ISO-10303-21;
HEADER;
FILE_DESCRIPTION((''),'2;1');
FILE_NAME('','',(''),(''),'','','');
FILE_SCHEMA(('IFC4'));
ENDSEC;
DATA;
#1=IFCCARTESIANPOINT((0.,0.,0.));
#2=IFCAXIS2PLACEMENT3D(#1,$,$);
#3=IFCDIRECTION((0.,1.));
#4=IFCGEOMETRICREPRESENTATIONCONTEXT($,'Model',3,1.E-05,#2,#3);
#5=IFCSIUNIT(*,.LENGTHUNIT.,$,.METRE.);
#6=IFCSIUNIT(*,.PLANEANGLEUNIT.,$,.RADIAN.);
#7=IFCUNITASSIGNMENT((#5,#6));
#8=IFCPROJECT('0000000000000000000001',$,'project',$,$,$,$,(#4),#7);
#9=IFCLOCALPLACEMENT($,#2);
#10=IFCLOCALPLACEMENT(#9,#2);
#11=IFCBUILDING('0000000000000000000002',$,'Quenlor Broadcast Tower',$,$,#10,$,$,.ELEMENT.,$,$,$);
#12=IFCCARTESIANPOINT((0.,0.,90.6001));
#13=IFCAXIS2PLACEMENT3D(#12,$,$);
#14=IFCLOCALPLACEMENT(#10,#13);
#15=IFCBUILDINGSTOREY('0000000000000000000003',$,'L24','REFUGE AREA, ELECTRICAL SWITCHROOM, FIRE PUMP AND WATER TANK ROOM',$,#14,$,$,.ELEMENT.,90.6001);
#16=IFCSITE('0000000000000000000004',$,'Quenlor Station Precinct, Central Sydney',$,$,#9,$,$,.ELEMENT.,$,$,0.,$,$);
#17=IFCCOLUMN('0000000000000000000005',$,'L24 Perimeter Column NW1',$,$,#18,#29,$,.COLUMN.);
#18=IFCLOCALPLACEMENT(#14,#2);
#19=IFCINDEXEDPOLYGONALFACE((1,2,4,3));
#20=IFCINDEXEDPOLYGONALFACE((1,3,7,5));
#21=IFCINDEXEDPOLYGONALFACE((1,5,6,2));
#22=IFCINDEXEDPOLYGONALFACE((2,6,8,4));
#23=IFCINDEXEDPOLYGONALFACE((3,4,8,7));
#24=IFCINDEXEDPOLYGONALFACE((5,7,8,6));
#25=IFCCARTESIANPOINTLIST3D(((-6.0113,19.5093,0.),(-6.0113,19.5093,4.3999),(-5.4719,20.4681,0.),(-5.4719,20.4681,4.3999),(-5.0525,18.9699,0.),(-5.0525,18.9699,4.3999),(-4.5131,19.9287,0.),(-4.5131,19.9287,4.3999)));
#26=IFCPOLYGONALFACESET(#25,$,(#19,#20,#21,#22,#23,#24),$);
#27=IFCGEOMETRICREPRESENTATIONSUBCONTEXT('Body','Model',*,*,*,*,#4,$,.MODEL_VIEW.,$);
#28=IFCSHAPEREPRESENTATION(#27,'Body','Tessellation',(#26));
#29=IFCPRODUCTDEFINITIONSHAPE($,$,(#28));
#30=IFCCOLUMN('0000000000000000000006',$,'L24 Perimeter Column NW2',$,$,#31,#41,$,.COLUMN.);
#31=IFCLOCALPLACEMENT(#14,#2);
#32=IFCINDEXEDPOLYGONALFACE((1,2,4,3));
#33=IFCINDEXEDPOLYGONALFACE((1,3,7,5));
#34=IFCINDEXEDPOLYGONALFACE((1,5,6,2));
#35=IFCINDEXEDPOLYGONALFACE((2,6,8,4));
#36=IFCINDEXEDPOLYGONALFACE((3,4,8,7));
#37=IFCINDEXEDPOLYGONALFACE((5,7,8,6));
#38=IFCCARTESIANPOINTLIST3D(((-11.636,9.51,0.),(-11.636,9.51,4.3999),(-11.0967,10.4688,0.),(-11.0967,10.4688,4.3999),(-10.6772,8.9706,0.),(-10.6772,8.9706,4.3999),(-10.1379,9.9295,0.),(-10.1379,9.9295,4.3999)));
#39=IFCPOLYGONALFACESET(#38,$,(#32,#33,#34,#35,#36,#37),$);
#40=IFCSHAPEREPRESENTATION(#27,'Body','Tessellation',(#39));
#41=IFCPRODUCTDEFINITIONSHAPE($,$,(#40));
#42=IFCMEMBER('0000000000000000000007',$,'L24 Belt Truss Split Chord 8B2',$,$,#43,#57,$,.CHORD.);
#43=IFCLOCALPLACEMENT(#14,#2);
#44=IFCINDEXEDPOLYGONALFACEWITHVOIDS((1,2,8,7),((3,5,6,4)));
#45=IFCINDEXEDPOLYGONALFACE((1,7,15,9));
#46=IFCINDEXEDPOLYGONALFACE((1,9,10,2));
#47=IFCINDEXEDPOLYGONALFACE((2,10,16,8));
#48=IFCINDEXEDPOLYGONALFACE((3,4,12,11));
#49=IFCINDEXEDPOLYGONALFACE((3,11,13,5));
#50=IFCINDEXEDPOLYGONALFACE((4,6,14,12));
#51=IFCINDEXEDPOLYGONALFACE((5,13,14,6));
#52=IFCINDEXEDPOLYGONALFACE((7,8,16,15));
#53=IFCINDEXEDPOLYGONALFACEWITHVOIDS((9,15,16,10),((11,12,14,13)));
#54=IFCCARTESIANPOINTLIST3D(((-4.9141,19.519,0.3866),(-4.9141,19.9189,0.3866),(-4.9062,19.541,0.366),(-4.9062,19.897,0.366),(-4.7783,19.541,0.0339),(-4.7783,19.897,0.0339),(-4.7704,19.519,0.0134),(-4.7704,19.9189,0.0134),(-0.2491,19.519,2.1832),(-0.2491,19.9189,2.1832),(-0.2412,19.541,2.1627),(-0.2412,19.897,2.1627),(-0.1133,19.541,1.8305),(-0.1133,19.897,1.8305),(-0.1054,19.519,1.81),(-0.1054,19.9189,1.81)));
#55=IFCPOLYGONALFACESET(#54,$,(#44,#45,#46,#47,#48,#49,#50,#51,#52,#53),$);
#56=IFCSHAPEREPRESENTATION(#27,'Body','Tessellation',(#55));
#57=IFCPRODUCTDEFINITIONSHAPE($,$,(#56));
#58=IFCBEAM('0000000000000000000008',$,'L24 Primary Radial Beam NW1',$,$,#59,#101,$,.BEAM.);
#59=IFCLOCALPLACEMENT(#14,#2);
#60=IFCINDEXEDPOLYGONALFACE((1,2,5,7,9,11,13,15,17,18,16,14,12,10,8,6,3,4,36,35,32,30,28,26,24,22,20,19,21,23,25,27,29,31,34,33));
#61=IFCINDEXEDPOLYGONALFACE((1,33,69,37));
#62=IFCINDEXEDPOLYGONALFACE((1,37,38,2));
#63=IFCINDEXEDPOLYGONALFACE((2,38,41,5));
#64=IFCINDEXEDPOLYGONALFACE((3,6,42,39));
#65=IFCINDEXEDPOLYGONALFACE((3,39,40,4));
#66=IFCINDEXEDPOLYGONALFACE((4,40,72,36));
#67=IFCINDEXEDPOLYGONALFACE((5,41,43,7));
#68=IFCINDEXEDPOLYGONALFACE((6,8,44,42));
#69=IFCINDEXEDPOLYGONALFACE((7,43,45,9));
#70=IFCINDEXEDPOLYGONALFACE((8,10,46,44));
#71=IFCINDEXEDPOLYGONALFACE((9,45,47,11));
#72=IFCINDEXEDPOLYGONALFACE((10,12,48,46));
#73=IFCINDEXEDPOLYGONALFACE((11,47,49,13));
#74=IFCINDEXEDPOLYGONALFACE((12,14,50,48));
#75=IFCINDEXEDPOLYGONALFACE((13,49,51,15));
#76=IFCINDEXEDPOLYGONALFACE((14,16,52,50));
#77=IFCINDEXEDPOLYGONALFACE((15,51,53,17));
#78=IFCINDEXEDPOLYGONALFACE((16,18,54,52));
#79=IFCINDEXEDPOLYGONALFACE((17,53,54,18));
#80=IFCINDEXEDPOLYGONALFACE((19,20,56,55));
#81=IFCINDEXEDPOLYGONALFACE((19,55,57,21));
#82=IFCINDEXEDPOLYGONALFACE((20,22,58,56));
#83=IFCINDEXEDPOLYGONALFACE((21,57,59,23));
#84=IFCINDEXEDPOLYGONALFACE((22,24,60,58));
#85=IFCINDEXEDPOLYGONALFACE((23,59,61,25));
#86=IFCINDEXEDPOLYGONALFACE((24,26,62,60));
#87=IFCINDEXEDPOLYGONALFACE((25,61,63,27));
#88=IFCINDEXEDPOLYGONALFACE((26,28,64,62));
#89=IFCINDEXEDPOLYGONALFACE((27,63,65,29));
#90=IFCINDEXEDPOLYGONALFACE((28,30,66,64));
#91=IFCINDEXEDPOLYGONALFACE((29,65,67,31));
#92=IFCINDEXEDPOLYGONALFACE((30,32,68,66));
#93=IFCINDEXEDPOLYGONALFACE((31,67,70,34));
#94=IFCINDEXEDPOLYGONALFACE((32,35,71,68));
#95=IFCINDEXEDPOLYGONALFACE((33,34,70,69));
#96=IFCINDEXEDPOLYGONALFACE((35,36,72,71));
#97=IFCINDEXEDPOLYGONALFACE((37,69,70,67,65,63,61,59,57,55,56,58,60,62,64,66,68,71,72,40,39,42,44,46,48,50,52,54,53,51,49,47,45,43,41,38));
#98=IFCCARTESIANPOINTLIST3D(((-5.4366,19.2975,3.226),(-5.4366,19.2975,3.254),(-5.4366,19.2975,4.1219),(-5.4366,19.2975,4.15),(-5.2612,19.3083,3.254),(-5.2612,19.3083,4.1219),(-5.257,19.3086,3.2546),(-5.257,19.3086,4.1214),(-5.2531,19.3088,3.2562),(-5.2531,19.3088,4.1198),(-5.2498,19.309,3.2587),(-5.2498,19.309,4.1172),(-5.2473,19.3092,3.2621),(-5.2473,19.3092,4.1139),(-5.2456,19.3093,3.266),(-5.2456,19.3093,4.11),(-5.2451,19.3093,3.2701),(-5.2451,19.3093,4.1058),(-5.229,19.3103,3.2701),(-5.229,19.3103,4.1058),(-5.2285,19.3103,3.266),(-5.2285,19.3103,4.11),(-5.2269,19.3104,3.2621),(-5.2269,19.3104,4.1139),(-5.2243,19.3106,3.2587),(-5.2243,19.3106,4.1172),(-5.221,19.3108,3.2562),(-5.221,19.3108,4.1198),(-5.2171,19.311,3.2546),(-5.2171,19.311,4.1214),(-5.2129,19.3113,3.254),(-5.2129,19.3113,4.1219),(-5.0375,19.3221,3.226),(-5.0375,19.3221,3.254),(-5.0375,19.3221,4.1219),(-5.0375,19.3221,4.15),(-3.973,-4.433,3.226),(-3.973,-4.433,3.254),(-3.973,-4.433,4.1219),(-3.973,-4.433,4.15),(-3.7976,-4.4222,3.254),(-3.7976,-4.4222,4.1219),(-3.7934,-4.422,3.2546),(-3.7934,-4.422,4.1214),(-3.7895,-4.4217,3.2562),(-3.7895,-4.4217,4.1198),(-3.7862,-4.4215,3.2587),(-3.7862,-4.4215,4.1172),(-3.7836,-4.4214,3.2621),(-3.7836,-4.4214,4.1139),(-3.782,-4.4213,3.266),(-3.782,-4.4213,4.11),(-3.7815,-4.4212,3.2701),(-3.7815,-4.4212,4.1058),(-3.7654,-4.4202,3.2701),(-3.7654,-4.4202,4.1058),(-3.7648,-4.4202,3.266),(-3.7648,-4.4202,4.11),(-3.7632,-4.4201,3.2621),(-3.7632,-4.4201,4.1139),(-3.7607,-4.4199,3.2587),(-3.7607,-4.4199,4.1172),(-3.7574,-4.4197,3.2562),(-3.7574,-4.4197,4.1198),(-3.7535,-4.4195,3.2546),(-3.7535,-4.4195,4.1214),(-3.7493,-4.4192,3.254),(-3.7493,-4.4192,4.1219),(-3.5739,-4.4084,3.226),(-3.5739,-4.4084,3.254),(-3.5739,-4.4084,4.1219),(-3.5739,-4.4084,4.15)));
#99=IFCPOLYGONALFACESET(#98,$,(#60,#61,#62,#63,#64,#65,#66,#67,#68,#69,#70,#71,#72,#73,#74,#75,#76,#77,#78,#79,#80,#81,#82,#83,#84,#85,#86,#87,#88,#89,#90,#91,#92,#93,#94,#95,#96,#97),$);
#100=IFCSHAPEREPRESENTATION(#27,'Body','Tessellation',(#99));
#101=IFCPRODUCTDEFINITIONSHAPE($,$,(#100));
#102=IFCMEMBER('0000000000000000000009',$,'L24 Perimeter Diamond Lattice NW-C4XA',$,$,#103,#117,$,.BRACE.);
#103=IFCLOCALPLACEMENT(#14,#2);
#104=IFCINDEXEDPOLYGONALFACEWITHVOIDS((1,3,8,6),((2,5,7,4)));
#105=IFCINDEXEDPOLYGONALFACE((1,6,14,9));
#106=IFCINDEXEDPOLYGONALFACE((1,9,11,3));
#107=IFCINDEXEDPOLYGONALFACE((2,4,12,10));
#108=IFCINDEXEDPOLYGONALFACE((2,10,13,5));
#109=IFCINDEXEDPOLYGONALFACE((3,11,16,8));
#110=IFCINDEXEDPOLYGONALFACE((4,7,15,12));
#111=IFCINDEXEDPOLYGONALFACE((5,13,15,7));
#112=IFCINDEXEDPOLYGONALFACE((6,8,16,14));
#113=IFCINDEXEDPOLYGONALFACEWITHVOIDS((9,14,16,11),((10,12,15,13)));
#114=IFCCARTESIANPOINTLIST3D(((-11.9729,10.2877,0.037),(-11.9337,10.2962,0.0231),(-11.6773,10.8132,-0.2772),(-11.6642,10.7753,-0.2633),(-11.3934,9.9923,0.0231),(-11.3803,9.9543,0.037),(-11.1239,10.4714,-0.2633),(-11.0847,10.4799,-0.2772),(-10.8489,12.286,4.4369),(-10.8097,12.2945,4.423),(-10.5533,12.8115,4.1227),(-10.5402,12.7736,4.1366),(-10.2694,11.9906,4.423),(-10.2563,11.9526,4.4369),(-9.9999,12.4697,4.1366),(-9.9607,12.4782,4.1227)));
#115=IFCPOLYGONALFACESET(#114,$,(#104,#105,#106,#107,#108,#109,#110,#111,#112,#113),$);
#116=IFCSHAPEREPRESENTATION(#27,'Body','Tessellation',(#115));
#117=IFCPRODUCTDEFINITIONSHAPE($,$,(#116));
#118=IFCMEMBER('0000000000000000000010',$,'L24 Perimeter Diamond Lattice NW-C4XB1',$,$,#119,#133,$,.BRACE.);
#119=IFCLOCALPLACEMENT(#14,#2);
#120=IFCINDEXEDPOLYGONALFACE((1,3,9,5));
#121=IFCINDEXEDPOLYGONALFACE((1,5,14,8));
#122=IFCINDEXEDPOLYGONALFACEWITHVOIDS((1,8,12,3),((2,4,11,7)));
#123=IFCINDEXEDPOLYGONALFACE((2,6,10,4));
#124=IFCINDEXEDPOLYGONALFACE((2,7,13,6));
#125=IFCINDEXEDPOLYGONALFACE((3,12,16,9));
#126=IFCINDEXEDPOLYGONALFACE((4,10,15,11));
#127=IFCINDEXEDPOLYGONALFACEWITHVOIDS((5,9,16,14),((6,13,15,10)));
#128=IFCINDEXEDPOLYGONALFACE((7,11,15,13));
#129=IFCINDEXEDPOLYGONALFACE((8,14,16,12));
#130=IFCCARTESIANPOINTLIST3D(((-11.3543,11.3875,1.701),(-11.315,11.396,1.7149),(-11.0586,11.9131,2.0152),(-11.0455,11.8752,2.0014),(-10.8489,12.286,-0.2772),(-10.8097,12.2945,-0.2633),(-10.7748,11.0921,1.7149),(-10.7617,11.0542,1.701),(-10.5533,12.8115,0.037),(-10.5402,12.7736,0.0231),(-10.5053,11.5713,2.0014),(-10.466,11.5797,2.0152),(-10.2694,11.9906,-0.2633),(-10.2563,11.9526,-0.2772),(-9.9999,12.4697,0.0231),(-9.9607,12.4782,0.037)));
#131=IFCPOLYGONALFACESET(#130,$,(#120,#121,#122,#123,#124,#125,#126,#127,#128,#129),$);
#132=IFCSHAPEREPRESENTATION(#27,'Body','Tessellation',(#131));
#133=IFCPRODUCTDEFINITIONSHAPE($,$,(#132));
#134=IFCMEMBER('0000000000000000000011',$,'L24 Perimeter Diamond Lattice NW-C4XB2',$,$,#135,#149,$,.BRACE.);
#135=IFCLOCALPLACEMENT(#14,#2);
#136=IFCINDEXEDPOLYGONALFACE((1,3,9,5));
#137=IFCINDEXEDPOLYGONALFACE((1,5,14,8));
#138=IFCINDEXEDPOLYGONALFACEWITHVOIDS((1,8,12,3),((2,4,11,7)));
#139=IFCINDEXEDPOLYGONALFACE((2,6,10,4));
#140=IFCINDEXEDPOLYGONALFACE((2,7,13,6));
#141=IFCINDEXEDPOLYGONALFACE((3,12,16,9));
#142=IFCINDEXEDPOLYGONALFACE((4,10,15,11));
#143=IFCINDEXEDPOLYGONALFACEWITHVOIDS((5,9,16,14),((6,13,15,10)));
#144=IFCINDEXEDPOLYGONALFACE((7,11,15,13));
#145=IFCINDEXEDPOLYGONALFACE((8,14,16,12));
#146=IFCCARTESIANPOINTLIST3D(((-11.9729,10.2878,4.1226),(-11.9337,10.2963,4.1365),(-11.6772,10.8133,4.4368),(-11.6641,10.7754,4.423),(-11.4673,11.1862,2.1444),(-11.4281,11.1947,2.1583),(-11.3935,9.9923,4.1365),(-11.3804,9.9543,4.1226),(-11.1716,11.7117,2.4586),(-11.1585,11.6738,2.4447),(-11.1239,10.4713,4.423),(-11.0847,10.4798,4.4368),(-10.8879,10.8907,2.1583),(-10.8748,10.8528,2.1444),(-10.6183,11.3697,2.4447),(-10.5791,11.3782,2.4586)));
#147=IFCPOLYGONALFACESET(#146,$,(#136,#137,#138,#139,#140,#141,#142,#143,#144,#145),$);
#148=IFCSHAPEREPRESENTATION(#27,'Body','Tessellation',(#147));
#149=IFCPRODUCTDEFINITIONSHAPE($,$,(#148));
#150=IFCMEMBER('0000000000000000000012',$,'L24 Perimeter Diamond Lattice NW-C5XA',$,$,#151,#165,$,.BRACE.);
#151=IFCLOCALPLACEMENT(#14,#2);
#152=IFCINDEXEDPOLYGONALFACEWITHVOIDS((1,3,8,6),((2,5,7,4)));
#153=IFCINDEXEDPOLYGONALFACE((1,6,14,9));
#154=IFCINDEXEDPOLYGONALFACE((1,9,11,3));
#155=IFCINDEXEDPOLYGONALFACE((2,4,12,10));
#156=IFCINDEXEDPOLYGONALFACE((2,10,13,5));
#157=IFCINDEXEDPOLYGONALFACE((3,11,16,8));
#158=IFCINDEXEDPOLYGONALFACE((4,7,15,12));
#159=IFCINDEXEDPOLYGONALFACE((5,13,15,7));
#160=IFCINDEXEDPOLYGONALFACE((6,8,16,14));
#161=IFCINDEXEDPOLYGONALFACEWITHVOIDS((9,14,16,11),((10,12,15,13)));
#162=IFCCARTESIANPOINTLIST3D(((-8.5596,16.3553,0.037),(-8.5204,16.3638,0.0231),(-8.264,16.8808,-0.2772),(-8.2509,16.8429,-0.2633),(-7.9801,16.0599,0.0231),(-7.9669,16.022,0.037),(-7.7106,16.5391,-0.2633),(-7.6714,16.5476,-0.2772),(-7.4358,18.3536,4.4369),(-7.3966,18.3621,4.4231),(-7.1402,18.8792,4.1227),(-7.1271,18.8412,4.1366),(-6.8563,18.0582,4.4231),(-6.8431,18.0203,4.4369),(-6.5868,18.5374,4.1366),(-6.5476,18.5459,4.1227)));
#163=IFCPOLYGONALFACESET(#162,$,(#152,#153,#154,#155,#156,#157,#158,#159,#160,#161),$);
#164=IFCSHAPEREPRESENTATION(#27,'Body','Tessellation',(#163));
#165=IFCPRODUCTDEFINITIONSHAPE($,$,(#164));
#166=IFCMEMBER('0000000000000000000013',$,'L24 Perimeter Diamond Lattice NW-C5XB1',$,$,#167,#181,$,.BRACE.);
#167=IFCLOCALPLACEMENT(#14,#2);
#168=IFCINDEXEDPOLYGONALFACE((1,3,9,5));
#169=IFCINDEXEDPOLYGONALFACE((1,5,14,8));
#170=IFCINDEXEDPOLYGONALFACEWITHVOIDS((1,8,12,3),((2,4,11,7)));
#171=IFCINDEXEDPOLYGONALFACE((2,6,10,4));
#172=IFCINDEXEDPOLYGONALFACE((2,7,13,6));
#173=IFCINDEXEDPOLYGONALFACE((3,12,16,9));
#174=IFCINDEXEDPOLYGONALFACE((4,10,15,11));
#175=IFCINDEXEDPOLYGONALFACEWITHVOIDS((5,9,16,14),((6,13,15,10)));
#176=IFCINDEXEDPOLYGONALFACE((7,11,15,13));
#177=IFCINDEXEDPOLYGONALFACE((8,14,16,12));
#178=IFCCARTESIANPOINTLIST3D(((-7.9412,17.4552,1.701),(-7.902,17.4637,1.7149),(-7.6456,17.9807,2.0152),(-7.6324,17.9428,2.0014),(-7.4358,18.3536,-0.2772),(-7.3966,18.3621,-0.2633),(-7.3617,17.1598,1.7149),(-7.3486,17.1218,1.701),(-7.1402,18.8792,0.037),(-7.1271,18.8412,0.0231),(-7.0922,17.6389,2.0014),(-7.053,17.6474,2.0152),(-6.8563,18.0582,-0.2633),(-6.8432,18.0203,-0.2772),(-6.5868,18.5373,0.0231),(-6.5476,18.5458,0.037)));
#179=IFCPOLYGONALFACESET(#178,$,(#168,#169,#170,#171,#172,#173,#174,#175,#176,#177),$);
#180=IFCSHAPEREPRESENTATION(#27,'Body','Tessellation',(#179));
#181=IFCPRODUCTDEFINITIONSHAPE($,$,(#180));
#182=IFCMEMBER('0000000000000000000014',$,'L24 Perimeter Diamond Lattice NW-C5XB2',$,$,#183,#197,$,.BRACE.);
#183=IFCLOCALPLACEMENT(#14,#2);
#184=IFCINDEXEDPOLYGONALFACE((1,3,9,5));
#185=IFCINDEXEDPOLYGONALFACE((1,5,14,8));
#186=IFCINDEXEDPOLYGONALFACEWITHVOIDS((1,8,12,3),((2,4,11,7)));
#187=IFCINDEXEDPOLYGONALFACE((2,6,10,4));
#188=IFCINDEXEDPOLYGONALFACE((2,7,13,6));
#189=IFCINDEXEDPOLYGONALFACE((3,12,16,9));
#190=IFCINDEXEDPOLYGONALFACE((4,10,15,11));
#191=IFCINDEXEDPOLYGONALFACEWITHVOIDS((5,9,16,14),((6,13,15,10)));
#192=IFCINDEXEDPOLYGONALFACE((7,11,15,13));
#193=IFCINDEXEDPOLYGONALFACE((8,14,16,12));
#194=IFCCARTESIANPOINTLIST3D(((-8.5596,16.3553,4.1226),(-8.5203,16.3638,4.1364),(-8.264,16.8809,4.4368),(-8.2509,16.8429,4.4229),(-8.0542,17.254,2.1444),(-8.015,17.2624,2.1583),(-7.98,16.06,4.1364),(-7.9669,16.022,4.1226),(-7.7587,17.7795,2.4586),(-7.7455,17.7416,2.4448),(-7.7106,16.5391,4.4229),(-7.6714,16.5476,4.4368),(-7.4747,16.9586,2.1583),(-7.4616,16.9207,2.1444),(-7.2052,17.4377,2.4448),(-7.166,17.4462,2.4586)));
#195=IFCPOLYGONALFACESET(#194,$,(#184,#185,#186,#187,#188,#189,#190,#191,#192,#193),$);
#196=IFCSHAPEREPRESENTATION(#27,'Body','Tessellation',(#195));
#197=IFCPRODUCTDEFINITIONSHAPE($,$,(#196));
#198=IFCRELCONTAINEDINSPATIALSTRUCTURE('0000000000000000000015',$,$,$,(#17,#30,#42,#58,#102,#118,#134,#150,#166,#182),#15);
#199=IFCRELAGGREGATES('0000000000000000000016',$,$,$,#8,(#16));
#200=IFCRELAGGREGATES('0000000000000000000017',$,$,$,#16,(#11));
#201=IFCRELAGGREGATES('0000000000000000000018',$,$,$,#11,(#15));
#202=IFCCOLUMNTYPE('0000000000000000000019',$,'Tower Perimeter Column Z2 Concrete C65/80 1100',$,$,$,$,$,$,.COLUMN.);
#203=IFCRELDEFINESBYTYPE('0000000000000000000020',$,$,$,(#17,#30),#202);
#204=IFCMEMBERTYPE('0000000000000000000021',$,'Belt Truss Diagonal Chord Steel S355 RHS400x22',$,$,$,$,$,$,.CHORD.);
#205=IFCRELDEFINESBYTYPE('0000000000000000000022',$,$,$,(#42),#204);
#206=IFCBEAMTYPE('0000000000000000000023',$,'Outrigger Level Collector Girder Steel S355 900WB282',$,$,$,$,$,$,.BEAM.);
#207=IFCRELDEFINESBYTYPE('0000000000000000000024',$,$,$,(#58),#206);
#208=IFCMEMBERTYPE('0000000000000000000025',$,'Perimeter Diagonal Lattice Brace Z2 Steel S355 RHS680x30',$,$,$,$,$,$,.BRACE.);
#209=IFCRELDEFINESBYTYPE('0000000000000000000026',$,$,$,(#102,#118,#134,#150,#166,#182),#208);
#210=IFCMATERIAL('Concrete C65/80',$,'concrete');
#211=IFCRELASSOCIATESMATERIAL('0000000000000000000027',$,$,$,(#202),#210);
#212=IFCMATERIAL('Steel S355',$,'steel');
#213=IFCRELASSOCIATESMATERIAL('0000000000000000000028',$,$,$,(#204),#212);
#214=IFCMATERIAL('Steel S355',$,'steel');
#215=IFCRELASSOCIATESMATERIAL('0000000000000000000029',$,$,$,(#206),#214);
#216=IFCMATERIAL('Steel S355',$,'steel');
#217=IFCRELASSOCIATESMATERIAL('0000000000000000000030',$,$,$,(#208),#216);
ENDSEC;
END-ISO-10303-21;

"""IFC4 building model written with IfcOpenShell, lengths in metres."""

from ifc_helpers import new_model, si_unit, direction, frame, origin, origin_2d, place, context, subcontext, project, spatial, rectangle, hollow_rectangle, i_section, extrude, material, material_profile, profile_set, type_object, element, save


model = new_model("IFC4")

# Units and contexts
model_context = context("Model", 3, precision=1e-05, world=origin(), true_north=direction((0.0, 1.0)))
body_context = subcontext(model_context, "Body", "Model", "MODEL_VIEW")
ifc_project = project(units=[si_unit("LENGTHUNIT", "METRE"), si_unit("PLANEANGLEUNIT", "RADIAN")], contexts=[model_context])

# Site, building, storey
site_placement = place(None, origin())
site = spatial("IfcSite", under=ifc_project, at=site_placement, Name="Quenlor Station Precinct, Central Sydney", CompositionType="ELEMENT", RefElevation=0.0)
building_placement = place(site_placement, origin())
building = spatial("IfcBuilding", under=site, at=building_placement, Name="Quenlor Broadcast Tower", CompositionType="ELEMENT")
storey_placement = place(building_placement, frame((0.0, 0.0, 90.6001)))
storey = spatial("IfcBuildingStorey", under=building, at=storey_placement, Name="L24", Description="REFUGE AREA, ELECTRICAL SWITCHROOM, FIRE PUMP AND WATER TANK ROOM", CompositionType="ELEMENT", Elevation=90.6001)

# Columns
ifc_material_1 = material(Name="Concrete C65/80", Category="concrete")
ifc_material_profile_1 = material_profile(ifc_material_1, rectangle(XDim=1.1001, YDim=1.1001, at=origin_2d()))
ifc_profile_set_1 = profile_set([ifc_material_profile_1], Name="Concrete C65/80 RC1100x1100")
column_type = type_object("IfcColumnType", Name="Tower Perimeter Column Z2 Concrete C65/80 1100", PredefinedType="COLUMN", material=ifc_profile_set_1)
for number, where, z_axis, x_axis, name in (
    (1, (-5.2622, 19.719, 0.0), (0.0, 0.0, 1.0), (-0.871575, 0.490262, 0.0), "L24 Perimeter Column NW1"),
    (2, (-10.887, 9.7197, 0.0), (0.0, 0.0, 1.0), (-0.871575, 0.490262, 0.0), "L24 Perimeter Column NW2"),
):
    element("IfcColumn", number, at=place(storey_placement, frame(where, z_axis=z_axis, x_axis=x_axis)), inside=storey, type_object=column_type, Name=name, PredefinedType="COLUMN", context=body_context, shape_type="SweptSolid", body=[
        extrude(rectangle(XDim=1.1001, YDim=1.1001, at=origin_2d()), origin(), (0.0, 0.0, 1.0), 4.3999),
    ])

# Member
ifc_material_2 = material(Name="Steel S355", Category="steel")
ifc_material_profile_2 = material_profile(ifc_material_2, hollow_rectangle(XDim=0.3999, YDim=0.3999, WallThickness=0.022, at=origin_2d()))
ifc_profile_set_2 = profile_set([ifc_material_profile_2], Name="Steel S355 RHS400x400x22")
member_type_1 = type_object("IfcMemberType", Name="Belt Truss Diagonal Chord Steel S355 RHS400x22", PredefinedType="CHORD", material=ifc_profile_set_2)
member_1_placement = place(storey_placement, frame((-0.1772, 19.719, 1.9966), z_axis=(-0.933186, 0.0, -0.359395), x_axis=(0.0, -1.0, 0.0)))
element("IfcMember", 3, at=member_1_placement, inside=storey, type_object=member_type_1, Name="L24 Belt Truss Split Chord 8B2", PredefinedType="CHORD", context=body_context, shape_type="SweptSolid", body=[
    extrude(hollow_rectangle(XDim=0.3999, YDim=0.3999, WallThickness=0.022, at=origin_2d()), origin(), (0.0, 0.0, 1.0), 4.999),
])

# Beam
ifc_material_3 = material(Name="Steel S355", Category="steel")
ifc_material_profile_3 = material_profile(ifc_material_3, i_section(OverallWidth=0.3999, OverallDepth=0.9241, WebThickness=0.0161, FlangeThickness=0.0281, FilletRadius=0.0161, at=origin_2d()))
ifc_profile_set_3 = profile_set([ifc_material_profile_3], Name="Steel S355 900WB282")
beam_type_1 = type_object("IfcBeamType", Name="Outrigger Level Collector Girder Steel S355 900WB282", PredefinedType="BEAM", material=ifc_profile_set_3)
beam_1_placement = place(storey_placement, frame((-5.2371, 19.3098, 3.688), z_axis=(0.06156, -0.998103, 0.0), x_axis=(0.998103, 0.06156, 0.0)))
element("IfcBeam", 4, at=beam_1_placement, inside=storey, type_object=beam_type_1, Name="L24 Primary Radial Beam NW1", PredefinedType="BEAM", context=body_context, shape_type="SweptSolid", body=[
    extrude(i_section(OverallWidth=0.3999, OverallDepth=0.9241, WebThickness=0.0161, FlangeThickness=0.0281, FilletRadius=0.0161, at=origin_2d()), origin(), (0.0, 0.0, 1.0), 23.7756),
])

# Members
ifc_material_4 = material(Name="Steel S355", Category="steel")
ifc_material_profile_4 = material_profile(ifc_material_4, hollow_rectangle(XDim=0.6799, YDim=0.6799, WallThickness=0.03, at=origin_2d()))
ifc_profile_set_4 = profile_set([ifc_material_profile_4], Name="Steel S355 RHS680x680x30")
member_type_2 = type_object("IfcMemberType", Name="Perimeter Diagonal Lattice Brace Z2 Steel S355 RHS680x30", PredefinedType="BRACE", material=ifc_profile_set_4)
member_2_placement = place(storey_placement, frame((-11.5288, 10.3838, -0.1201), z_axis=(0.226553, 0.402766, 0.886822), x_axis=(-0.871578, 0.490256, 0.0)))
element("IfcMember", 5, at=member_2_placement, inside=storey, type_object=member_type_2, Name="L24 Perimeter Diamond Lattice NW-C4XA", PredefinedType="BRACE", context=body_context, shape_type="SweptSolid", body=[
    extrude(hollow_rectangle(XDim=0.6799, YDim=0.6799, WallThickness=0.03, at=origin_2d()), origin(), (0.0, 0.0, 1.0), 4.9614),
])
for number, where, z_axis, x_axis, name in (
    (6, (-10.4048, 12.3821, -0.1201), (-0.22655, -0.402755, 0.886828), (0.871576, -0.490261, 0.0), "L24 Perimeter Diamond Lattice NW-C4XB1"),
    (7, (-11.0232, 11.2822, 2.3015), (-0.226654, -0.402745, 0.886806), (0.871474, -0.490441, 0.0), "L24 Perimeter Diamond Lattice NW-C4XB2"),
):
    element("IfcMember", number, at=place(storey_placement, frame(where, z_axis=z_axis, x_axis=x_axis)), inside=storey, type_object=member_type_2, Name=name, PredefinedType="BRACE", context=body_context, shape_type="SweptSolid", body=[
        extrude(hollow_rectangle(XDim=0.6799, YDim=0.6799, WallThickness=0.03, at=origin_2d()), origin(), (0.0, 0.0, 1.0), 2.2307),
    ])
member_3_placement = place(storey_placement, frame((-8.1155, 16.4514, -0.1201), z_axis=(0.226506, 0.40277, 0.886832), x_axis=(-0.871624, 0.490175, 0.0)))
element("IfcMember", 8, at=member_3_placement, inside=storey, type_object=member_type_2, Name="L24 Perimeter Diamond Lattice NW-C5XA", PredefinedType="BRACE", context=body_context, shape_type="SweptSolid", body=[
    extrude(hollow_rectangle(XDim=0.6799, YDim=0.6799, WallThickness=0.03, at=origin_2d()), origin(), (0.0, 0.0, 1.0), 4.9614),
])
for number, where, z_axis, x_axis, name in (
    (9, (-6.9917, 18.4497, -0.1201), (-0.22655, -0.402755, 0.886828), (0.871576, -0.490261, 0.0), "L24 Perimeter Diamond Lattice NW-C5XB1"),
    (10, (-7.6101, 17.3501, 2.3015), (-0.22654, -0.402847, 0.886789), (0.871632, -0.49016, 0.0), "L24 Perimeter Diamond Lattice NW-C5XB2"),
):
    element("IfcMember", number, at=place(storey_placement, frame(where, z_axis=z_axis, x_axis=x_axis)), inside=storey, type_object=member_type_2, Name=name, PredefinedType="BRACE", context=body_context, shape_type="SweptSolid", body=[
        extrude(hollow_rectangle(XDim=0.6799, YDim=0.6799, WallThickness=0.03, at=origin_2d()), origin(), (0.0, 0.0, 1.0), 2.2307),
    ])

save(model, "model.ifc")
